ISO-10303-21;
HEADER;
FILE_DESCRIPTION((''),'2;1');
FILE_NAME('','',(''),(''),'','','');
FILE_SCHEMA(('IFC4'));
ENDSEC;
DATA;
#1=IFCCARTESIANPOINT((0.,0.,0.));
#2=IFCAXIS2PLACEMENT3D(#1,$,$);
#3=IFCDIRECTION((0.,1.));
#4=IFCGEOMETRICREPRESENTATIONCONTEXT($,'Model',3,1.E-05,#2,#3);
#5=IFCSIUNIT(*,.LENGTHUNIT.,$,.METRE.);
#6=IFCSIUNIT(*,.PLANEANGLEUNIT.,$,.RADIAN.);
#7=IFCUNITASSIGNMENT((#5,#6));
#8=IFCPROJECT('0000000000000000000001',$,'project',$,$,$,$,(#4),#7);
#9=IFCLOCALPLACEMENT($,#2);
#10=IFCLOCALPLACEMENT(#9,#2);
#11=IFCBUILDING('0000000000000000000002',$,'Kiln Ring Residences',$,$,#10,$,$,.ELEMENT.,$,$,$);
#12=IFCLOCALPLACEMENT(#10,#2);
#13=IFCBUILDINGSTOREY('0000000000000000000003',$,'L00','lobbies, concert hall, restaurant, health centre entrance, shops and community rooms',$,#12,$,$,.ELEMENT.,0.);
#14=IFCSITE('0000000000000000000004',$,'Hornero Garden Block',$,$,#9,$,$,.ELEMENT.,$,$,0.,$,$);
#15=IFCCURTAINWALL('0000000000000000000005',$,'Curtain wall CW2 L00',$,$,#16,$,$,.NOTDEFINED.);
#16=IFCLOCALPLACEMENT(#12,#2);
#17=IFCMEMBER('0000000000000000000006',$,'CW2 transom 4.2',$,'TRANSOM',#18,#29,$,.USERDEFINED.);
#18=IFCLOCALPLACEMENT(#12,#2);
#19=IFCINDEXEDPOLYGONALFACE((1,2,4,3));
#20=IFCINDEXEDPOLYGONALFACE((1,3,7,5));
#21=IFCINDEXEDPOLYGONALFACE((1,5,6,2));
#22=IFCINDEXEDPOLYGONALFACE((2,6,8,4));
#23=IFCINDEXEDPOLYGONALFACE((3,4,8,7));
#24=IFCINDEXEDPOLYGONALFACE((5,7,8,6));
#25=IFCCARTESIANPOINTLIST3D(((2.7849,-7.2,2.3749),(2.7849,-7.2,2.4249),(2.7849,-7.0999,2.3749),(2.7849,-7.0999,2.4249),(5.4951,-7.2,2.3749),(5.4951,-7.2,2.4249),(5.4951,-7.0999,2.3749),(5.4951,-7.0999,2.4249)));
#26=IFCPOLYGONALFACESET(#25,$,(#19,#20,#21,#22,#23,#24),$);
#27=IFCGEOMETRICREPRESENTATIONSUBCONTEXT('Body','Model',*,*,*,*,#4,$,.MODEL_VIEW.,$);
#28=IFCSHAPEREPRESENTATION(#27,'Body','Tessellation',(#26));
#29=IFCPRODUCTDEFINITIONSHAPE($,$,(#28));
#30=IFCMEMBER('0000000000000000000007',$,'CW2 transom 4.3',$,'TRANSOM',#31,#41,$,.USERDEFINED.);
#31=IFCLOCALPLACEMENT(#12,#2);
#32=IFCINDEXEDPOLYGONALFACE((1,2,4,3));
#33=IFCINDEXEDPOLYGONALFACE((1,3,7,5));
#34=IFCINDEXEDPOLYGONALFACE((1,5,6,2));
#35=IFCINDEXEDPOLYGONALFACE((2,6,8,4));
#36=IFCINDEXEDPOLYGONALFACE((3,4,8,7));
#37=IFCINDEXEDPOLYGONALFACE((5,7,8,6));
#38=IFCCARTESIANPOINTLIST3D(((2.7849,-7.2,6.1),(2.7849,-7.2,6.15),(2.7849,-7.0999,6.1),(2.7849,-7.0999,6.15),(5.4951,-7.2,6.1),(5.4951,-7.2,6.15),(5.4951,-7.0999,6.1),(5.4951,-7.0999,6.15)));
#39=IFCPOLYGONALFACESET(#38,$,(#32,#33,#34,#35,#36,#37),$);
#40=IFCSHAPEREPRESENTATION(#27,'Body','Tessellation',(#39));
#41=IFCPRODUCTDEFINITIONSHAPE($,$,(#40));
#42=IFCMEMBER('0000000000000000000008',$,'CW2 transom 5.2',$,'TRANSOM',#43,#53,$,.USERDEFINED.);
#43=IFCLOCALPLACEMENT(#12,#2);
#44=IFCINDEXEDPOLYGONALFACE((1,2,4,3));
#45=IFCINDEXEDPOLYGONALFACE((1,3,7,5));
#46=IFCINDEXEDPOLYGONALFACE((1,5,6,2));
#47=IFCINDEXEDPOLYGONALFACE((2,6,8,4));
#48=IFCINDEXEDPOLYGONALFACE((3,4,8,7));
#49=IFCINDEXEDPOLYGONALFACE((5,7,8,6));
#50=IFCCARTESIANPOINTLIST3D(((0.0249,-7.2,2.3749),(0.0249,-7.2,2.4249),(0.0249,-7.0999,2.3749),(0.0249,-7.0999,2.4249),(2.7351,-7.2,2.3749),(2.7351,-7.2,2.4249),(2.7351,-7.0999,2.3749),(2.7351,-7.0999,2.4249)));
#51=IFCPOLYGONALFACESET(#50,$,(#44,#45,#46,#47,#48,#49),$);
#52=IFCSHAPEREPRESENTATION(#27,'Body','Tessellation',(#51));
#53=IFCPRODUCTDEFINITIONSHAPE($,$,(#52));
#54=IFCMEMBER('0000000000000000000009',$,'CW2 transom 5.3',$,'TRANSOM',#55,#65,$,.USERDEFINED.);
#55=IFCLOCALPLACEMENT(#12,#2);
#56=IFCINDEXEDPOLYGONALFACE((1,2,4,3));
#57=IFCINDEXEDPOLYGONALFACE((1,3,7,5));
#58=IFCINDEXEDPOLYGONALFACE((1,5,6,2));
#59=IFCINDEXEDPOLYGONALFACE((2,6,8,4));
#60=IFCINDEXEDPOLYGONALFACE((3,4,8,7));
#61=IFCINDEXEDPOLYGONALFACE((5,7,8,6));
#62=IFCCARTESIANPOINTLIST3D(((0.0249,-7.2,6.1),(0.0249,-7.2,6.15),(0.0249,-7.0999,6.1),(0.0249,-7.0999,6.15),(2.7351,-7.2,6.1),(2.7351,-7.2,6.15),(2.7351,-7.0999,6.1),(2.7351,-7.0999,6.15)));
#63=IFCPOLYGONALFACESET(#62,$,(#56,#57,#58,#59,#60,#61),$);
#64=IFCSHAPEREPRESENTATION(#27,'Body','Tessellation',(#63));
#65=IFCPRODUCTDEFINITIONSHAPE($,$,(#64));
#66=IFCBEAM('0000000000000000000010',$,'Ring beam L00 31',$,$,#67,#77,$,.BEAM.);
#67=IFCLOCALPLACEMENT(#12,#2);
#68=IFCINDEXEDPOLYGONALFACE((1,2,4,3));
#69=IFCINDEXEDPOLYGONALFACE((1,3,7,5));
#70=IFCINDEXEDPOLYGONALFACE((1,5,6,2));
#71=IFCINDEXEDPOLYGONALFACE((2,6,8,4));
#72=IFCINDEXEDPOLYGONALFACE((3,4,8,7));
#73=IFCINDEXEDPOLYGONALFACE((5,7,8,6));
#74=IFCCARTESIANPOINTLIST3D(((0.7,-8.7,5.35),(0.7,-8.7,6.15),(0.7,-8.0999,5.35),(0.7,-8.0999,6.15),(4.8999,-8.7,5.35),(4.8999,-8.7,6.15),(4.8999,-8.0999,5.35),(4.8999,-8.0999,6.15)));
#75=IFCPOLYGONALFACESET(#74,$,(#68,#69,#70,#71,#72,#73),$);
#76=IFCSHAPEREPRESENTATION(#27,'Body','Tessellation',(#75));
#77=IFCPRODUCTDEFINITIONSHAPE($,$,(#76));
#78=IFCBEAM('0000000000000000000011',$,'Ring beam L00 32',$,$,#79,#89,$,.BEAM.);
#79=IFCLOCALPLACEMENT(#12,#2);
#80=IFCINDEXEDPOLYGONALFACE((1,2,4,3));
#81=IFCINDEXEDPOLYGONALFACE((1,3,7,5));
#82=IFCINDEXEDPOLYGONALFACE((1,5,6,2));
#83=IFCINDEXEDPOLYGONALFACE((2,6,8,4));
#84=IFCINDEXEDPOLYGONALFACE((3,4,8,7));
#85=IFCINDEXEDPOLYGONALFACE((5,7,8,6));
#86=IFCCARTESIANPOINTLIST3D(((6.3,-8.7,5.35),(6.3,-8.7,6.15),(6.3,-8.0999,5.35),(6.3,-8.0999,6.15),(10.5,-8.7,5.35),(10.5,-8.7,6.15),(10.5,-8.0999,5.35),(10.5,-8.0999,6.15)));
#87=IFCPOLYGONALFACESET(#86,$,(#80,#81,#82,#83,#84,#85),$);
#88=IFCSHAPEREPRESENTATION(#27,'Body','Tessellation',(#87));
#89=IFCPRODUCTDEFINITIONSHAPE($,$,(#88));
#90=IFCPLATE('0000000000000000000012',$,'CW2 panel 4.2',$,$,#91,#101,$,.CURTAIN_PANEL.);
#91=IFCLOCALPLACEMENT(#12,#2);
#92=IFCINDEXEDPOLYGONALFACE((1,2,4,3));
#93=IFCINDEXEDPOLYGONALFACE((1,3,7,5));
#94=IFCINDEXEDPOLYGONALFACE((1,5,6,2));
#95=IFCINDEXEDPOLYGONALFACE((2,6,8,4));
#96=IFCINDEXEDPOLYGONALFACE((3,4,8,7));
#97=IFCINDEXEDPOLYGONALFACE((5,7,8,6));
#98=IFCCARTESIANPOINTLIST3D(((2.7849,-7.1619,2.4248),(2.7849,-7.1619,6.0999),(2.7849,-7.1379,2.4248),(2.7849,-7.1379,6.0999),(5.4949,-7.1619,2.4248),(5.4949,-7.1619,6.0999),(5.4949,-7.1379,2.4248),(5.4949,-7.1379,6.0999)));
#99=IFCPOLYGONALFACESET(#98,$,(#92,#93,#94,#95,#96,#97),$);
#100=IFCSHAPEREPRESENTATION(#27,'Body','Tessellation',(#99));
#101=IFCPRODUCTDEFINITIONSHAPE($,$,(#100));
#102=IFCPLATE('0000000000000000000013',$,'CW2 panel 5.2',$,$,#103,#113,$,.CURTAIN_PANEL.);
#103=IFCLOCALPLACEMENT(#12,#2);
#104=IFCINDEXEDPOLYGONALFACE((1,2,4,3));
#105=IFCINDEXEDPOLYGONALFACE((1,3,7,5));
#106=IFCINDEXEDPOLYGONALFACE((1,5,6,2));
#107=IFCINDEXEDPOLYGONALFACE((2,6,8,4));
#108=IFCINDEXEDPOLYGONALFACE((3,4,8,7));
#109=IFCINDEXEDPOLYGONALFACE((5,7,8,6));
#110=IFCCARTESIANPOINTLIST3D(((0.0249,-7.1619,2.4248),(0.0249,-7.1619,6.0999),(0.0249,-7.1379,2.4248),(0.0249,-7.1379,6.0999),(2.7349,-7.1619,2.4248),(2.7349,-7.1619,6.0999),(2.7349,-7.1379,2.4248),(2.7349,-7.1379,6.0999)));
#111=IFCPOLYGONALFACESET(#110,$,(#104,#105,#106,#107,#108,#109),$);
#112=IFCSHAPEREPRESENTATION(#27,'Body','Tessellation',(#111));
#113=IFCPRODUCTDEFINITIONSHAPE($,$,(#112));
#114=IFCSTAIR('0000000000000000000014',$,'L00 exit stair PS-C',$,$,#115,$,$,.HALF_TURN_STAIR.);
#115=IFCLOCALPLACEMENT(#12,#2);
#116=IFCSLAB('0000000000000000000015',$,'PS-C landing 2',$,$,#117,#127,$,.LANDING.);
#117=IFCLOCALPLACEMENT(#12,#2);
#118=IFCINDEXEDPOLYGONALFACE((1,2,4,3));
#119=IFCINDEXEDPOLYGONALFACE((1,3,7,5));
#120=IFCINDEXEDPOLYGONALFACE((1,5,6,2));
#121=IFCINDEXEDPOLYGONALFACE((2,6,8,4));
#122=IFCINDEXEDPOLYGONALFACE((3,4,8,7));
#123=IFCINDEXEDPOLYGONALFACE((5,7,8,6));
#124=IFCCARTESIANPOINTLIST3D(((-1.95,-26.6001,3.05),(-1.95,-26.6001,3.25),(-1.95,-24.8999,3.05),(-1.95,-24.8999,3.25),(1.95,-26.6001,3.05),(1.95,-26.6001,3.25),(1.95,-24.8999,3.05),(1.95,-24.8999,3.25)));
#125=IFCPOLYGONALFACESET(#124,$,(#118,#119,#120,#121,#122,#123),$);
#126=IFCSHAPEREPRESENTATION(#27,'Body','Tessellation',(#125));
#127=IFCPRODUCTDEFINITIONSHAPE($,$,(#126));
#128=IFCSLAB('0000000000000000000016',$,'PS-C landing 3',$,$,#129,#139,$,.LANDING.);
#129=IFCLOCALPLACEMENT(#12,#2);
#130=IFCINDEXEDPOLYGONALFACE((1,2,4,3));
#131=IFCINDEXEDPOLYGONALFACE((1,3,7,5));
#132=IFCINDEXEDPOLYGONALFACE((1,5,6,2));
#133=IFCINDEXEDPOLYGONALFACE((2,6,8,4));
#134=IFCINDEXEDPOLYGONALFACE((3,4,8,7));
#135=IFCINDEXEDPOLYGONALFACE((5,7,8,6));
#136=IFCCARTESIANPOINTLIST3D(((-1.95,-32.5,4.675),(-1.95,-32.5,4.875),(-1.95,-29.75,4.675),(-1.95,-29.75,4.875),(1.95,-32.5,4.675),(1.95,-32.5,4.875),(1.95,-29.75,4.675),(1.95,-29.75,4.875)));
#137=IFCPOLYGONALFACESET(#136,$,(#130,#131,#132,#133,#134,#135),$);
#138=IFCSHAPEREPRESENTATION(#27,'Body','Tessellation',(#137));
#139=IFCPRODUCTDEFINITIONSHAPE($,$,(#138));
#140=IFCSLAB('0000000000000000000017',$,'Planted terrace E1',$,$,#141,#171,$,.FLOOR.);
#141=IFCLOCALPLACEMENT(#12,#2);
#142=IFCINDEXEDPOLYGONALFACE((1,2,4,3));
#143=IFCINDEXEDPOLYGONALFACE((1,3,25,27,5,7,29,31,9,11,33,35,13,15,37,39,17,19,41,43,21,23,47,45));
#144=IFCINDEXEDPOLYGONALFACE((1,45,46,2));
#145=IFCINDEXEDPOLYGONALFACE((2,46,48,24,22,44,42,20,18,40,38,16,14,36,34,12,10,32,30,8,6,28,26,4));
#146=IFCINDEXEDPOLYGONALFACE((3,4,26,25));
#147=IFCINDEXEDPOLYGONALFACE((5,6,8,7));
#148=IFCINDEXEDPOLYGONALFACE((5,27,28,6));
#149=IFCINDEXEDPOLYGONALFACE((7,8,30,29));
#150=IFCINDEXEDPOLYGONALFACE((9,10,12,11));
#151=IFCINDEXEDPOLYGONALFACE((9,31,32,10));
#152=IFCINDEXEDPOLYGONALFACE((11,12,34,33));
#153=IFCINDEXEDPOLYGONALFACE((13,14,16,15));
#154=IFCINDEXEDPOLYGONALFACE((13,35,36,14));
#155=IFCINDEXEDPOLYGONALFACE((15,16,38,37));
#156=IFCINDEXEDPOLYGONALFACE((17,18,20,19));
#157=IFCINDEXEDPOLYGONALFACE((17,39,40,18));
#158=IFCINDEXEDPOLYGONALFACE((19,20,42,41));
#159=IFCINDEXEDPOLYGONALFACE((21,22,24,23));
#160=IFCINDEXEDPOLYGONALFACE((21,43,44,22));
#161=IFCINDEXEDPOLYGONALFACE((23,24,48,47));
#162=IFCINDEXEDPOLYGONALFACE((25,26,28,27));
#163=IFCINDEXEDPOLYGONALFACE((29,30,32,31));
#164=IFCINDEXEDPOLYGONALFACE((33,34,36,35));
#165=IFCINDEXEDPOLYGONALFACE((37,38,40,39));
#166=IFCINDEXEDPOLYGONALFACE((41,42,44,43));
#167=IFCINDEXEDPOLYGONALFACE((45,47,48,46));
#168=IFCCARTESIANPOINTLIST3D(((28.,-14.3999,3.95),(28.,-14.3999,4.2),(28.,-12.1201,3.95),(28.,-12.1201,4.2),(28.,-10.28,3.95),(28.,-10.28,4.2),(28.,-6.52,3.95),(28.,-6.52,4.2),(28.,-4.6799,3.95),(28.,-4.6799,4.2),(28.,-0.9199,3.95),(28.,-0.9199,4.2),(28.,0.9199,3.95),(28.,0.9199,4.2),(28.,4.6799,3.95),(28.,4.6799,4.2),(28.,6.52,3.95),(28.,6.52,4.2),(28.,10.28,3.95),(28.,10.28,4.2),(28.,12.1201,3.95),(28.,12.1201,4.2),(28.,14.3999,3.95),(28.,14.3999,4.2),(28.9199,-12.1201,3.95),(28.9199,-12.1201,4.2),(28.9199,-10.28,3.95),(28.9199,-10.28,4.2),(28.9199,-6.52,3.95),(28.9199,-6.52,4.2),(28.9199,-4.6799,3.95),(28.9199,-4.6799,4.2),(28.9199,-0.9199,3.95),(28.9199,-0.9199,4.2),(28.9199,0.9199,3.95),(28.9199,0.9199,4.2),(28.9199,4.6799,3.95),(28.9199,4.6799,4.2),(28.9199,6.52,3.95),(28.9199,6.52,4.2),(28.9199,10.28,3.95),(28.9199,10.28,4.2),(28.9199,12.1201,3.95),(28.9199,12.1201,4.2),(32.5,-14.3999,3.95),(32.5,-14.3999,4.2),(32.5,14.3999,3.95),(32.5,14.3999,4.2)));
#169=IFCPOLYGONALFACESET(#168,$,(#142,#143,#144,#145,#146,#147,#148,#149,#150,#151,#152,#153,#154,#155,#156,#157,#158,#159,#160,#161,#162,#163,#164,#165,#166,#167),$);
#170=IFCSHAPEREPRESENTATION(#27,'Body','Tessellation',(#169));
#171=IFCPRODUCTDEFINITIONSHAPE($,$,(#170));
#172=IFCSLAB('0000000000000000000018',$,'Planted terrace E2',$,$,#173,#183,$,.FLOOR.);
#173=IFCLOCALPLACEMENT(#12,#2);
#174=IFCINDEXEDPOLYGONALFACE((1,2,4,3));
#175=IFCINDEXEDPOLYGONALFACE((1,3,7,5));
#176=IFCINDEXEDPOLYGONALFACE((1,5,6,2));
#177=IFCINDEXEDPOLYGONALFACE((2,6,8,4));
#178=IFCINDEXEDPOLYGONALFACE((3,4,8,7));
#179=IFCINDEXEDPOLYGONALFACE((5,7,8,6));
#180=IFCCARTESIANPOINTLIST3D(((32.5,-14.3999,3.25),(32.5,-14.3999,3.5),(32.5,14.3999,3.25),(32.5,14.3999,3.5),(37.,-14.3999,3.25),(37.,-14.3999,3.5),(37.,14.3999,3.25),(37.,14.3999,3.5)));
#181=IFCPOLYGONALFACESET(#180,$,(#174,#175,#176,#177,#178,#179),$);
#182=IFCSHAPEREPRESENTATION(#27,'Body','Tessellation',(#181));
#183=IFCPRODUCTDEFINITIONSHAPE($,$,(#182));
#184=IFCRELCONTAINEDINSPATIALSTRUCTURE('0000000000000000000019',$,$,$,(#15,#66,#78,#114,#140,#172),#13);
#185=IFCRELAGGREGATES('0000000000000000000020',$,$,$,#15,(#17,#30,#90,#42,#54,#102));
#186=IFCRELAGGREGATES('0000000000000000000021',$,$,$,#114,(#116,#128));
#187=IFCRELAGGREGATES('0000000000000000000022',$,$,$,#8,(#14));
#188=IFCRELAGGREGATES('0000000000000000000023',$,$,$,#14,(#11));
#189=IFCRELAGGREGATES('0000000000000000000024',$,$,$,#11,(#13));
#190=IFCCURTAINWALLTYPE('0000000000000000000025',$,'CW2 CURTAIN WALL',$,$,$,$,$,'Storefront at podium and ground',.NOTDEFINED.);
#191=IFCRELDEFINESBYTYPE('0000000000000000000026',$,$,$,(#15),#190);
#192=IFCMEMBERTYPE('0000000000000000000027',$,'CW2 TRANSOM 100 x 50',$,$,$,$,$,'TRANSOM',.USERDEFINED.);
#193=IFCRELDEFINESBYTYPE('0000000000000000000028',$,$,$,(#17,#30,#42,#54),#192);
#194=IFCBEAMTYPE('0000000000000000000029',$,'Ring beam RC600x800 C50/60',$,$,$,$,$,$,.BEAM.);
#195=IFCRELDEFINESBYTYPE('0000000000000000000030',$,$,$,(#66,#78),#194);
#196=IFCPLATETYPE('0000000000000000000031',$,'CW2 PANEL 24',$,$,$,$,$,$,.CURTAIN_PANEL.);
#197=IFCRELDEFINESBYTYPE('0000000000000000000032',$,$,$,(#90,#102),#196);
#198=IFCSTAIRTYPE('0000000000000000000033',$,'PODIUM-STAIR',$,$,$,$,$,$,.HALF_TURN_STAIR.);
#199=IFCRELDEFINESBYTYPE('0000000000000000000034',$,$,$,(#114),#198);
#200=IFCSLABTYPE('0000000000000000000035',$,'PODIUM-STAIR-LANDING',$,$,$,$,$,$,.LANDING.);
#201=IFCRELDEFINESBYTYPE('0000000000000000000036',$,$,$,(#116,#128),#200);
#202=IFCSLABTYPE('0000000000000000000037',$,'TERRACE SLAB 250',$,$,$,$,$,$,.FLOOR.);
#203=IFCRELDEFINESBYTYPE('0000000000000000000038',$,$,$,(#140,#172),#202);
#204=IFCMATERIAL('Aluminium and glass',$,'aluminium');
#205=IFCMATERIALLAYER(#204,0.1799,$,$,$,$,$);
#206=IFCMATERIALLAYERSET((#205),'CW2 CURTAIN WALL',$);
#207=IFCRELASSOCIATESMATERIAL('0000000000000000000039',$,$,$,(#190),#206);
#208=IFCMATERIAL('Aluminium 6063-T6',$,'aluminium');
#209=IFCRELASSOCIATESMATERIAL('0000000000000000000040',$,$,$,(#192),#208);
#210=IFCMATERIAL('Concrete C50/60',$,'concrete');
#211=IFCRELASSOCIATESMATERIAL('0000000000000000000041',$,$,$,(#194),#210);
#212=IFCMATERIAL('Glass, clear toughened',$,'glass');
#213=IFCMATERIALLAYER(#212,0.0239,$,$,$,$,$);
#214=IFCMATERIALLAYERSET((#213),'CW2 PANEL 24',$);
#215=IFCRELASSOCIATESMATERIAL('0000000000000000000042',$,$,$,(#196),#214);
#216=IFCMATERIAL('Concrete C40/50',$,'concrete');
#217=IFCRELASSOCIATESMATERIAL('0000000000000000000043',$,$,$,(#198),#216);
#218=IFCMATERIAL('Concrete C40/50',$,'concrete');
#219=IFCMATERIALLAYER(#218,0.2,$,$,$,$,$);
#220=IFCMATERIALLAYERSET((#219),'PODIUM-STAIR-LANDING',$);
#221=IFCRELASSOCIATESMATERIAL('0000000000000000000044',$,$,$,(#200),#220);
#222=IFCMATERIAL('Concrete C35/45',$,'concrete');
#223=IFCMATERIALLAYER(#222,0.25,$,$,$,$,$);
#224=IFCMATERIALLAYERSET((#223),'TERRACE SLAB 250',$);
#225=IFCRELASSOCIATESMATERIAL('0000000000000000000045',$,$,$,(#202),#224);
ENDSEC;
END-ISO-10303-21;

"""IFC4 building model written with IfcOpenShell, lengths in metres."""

from ifc_helpers import new_model, si_unit, direction, frame, origin, origin_2d, place, context, subcontext, project, spatial, polyline, rectangle, outline, extrude, material, layer, layer_set, material_profile, profile_set, type_object, element, aggregate, save


model = new_model("IFC4")

# Units and contexts
model_context = context("Model", 3, precision=1e-05, world=origin(), true_north=direction((0.0, 1.0)))
body_context = subcontext(model_context, "Body", "Model", "MODEL_VIEW")
ifc_project = project(units=[si_unit("LENGTHUNIT", "METRE"), si_unit("PLANEANGLEUNIT", "RADIAN")], contexts=[model_context])

# Site, building, storey
site_placement = place(None, origin())
site = spatial("IfcSite", under=ifc_project, at=site_placement, Name="Hornero Garden Block", CompositionType="ELEMENT", RefElevation=0.0)
building_placement = place(site_placement, origin())
building = spatial("IfcBuilding", under=site, at=building_placement, Name="Kiln Ring Residences", CompositionType="ELEMENT")
storey_placement = place(building_placement, origin())
storey = spatial("IfcBuildingStorey", under=building, at=storey_placement, Name="L00", Description="lobbies, concert hall, restaurant, health centre entrance, shops and community rooms", CompositionType="ELEMENT", Elevation=0.0)

# Curtain wall, members
ifc_material_1 = material(Name="Aluminium and glass", Category="aluminium")
ifc_layer_1 = layer(ifc_material_1, 0.1799)
ifc_layer_set_1 = layer_set([ifc_layer_1], Name="CW2 CURTAIN WALL")
curtain_wall_type = type_object("IfcCurtainWallType", Name="CW2 CURTAIN WALL", ElementType="Storefront at podium and ground", PredefinedType="NOTDEFINED", material=ifc_layer_set_1)
placement_1 = place(storey_placement, origin())
curtain_wall = element("IfcCurtainWall", 1, at=placement_1, inside=storey, type_object=curtain_wall_type, Name="Curtain wall CW2 L00", PredefinedType="NOTDEFINED")
ifc_material_2 = material(Name="Aluminium 6063-T6", Category="aluminium")
ifc_material_profile_1 = material_profile(ifc_material_2, rectangle(XDim=0.1001, YDim=0.05, at=origin_2d()), Name="AL 100x50")
ifc_profile_set_1 = profile_set([ifc_material_profile_1], Name="Aluminium 6063-T6")
member_type = type_object("IfcMemberType", Name="CW2 TRANSOM 100 x 50", ElementType="TRANSOM", PredefinedType="USERDEFINED", material=ifc_profile_set_1)
member_1_placement = place(storey_placement, frame((5.4951, -7.1499, 2.3999), z_axis=(-1.0, 0.0, 0.0), x_axis=(0.0, -1.0, 0.0)))
member_1 = element("IfcMember", 2, at=member_1_placement, type_object=member_type, Name="CW2 transom 4.2", ObjectType="TRANSOM", PredefinedType="USERDEFINED", context=body_context, shape_type="SweptSolid", body=[
    extrude(rectangle(XDim=0.1001, YDim=0.05, at=origin_2d()), origin(), (0.0, 0.0, 1.0), 2.7102),
])
member_2_placement = place(storey_placement, frame((5.4951, -7.1499, 6.125), z_axis=(-1.0, 0.0, 0.0), x_axis=(0.0, -1.0, 0.0)))
member_2 = element("IfcMember", 3, at=member_2_placement, type_object=member_type, Name="CW2 transom 4.3", ObjectType="TRANSOM", PredefinedType="USERDEFINED", context=body_context, shape_type="SweptSolid", body=[
    extrude(rectangle(XDim=0.1001, YDim=0.05, at=origin_2d()), origin(), (0.0, 0.0, 1.0), 2.7102),
])
member_3_placement = place(storey_placement, frame((2.7351, -7.1499, 2.3999), z_axis=(-1.0, 0.0, 0.0), x_axis=(0.0, -1.0, 0.0)))
member_3 = element("IfcMember", 4, at=member_3_placement, type_object=member_type, Name="CW2 transom 5.2", ObjectType="TRANSOM", PredefinedType="USERDEFINED", context=body_context, shape_type="SweptSolid", body=[
    extrude(rectangle(XDim=0.1001, YDim=0.05, at=origin_2d()), origin(), (0.0, 0.0, 1.0), 2.7102),
])
member_4_placement = place(storey_placement, frame((2.7351, -7.1499, 6.125), z_axis=(-1.0, 0.0, 0.0), x_axis=(0.0, -1.0, 0.0)))
member_4 = element("IfcMember", 5, at=member_4_placement, type_object=member_type, Name="CW2 transom 5.3", ObjectType="TRANSOM", PredefinedType="USERDEFINED", context=body_context, shape_type="SweptSolid", body=[
    extrude(rectangle(XDim=0.1001, YDim=0.05, at=origin_2d()), origin(), (0.0, 0.0, 1.0), 2.7102),
])

# Beams
ifc_material_3 = material(Name="Concrete C50/60", Category="concrete")
ifc_material_profile_2 = material_profile(ifc_material_3, rectangle(XDim=0.6001, YDim=0.8, at=origin_2d()), Name="RC600x800")
ifc_profile_set_2 = profile_set([ifc_material_profile_2], Name="Concrete C50/60")
beam_type = type_object("IfcBeamType", Name="Ring beam RC600x800 C50/60", PredefinedType="BEAM", material=ifc_profile_set_2)
for number, where, z_axis, x_axis, name in (
    (6, (0.7, -8.3999, 5.75), (1.0, 0.0, 0.0), (0.0, 1.0, 0.0), "Ring beam L00 31"),
    (7, (6.3, -8.3999, 5.75), (1.0, 0.0, 0.0), (0.0, 1.0, 0.0), "Ring beam L00 32"),
):
    element("IfcBeam", number, at=place(storey_placement, frame(where, z_axis=z_axis, x_axis=x_axis)), inside=storey, type_object=beam_type, Name=name, PredefinedType="BEAM", context=body_context, shape_type="SweptSolid", body=[
        extrude(rectangle(XDim=0.6001, YDim=0.8, at=origin_2d()), origin(), (0.0, 0.0, 1.0), 4.2),
    ])

# Plates
ifc_material_4 = material(Name="Glass, clear toughened", Category="glass")
ifc_layer_2 = layer(ifc_material_4, 0.0239)
ifc_layer_set_2 = layer_set([ifc_layer_2], Name="CW2 PANEL 24")
plate_type = type_object("IfcPlateType", Name="CW2 PANEL 24", PredefinedType="CURTAIN_PANEL", material=ifc_layer_set_2)
plate_1_placement = place(storey_placement, frame((4.1399, -7.1499, 2.4248), z_axis=(0.0, 0.0, 1.0), x_axis=(-1.0, 0.0, 0.0)))
plate_1 = element("IfcPlate", 8, at=plate_1_placement, type_object=plate_type, Name="CW2 panel 4.2", PredefinedType="CURTAIN_PANEL", context=body_context, shape_type="SweptSolid", body=[
    extrude(rectangle(XDim=2.71, YDim=0.0239, at=origin_2d()), origin(), (0.0, 0.0, 1.0), 3.675),
])
plate_2_placement = place(storey_placement, frame((1.3799, -7.1499, 2.4248), z_axis=(0.0, 0.0, 1.0), x_axis=(-1.0, 0.0, 0.0)))
plate_2 = element("IfcPlate", 9, at=plate_2_placement, type_object=plate_type, Name="CW2 panel 5.2", PredefinedType="CURTAIN_PANEL", context=body_context, shape_type="SweptSolid", body=[
    extrude(rectangle(XDim=2.71, YDim=0.0239, at=origin_2d()), origin(), (0.0, 0.0, 1.0), 3.675),
])
aggregate(curtain_wall, [member_1, member_2, plate_1, member_3, member_4, plate_2])

# Stair, slabs
ifc_material_5 = material(Name="Concrete C40/50", Category="concrete")
stair_type = type_object("IfcStairType", Name="PODIUM-STAIR", PredefinedType="HALF_TURN_STAIR", material=ifc_material_5)
stair = element("IfcStair", 10, at=placement_1, inside=storey, type_object=stair_type, Name="L00 exit stair PS-C", PredefinedType="HALF_TURN_STAIR")
ifc_material_6 = material(Name="Concrete C40/50", Category="concrete")
ifc_layer_3 = layer(ifc_material_6, 0.2)
ifc_layer_set_3 = layer_set([ifc_layer_3], Name="PODIUM-STAIR-LANDING")
slab_type_1 = type_object("IfcSlabType", Name="PODIUM-STAIR-LANDING", PredefinedType="LANDING", material=ifc_layer_set_3)
slab_1_placement = place(storey_placement, frame((0.0, 0.0, 3.05)))
slab_1 = element("IfcSlab", 11, at=slab_1_placement, type_object=slab_type_1, Name="PS-C landing 2", PredefinedType="LANDING", context=body_context, shape_type="SweptSolid", body=[
    extrude(outline(polyline([(-1.95, -24.8999), (-1.95, -26.6001), (1.95, -26.6001), (1.95, -24.8999), (-1.95, -24.8999)])), origin(), (0.0, 0.0, 1.0), 0.2),
])
slab_2_placement = place(storey_placement, frame((0.0, 0.0, 4.675)))
slab_2 = element("IfcSlab", 12, at=slab_2_placement, type_object=slab_type_1, Name="PS-C landing 3", PredefinedType="LANDING", context=body_context, shape_type="SweptSolid", body=[
    extrude(outline(polyline([(-1.95, -29.75), (-1.95, -32.5), (1.95, -32.5), (1.95, -29.75), (-1.95, -29.75)])), origin(), (0.0, 0.0, 1.0), 0.2),
])
aggregate(stair, [slab_1, slab_2])

# Slabs
ifc_material_7 = material(Name="Concrete C35/45", Category="concrete")
ifc_layer_4 = layer(ifc_material_7, 0.25)
ifc_layer_set_4 = layer_set([ifc_layer_4], Name="TERRACE SLAB 250")
slab_type_2 = type_object("IfcSlabType", Name="TERRACE SLAB 250", PredefinedType="FLOOR", material=ifc_layer_set_4)
placement_2 = place(storey_placement, frame((0.0, 0.0, 3.95)))
element("IfcSlab", 13, at=placement_2, inside=storey, type_object=slab_type_2, Name="Planted terrace E1", PredefinedType="FLOOR", context=body_context, shape_type="SweptSolid", body=[
    extrude(outline(polyline([(28.0, 14.3999), (28.0, 12.1201), (28.9199, 12.1201), (28.9199, 10.28), (28.0, 10.28), (28.0, 6.52), (28.9199, 6.52), (28.9199, 4.6799), (28.0, 4.6799), (28.0, 0.9199), (28.9199, 0.9199), (28.9199, -0.9199), (28.0, -0.9199), (28.0, -4.6799), (28.9199, -4.6799), (28.9199, -6.52), (28.0, -6.52), (28.0, -10.28), (28.9199, -10.28), (28.9199, -12.1201), (28.0, -12.1201), (28.0, -14.3999), (32.5, -14.3999), (32.5, 14.3999), (28.0, 14.3999)])), origin(), (0.0, 0.0, 1.0), 0.25),
])
placement_3 = place(storey_placement, frame((0.0, 0.0, 3.25)))
element("IfcSlab", 14, at=placement_3, inside=storey, type_object=slab_type_2, Name="Planted terrace E2", PredefinedType="FLOOR", context=body_context, shape_type="SweptSolid", body=[
    extrude(outline(polyline([(37.0, -14.3999), (37.0, 14.3999), (32.5, 14.3999), (32.5, -14.3999), (37.0, -14.3999)])), origin(), (0.0, 0.0, 1.0), 0.25),
])

save(model, "model.ifc")
